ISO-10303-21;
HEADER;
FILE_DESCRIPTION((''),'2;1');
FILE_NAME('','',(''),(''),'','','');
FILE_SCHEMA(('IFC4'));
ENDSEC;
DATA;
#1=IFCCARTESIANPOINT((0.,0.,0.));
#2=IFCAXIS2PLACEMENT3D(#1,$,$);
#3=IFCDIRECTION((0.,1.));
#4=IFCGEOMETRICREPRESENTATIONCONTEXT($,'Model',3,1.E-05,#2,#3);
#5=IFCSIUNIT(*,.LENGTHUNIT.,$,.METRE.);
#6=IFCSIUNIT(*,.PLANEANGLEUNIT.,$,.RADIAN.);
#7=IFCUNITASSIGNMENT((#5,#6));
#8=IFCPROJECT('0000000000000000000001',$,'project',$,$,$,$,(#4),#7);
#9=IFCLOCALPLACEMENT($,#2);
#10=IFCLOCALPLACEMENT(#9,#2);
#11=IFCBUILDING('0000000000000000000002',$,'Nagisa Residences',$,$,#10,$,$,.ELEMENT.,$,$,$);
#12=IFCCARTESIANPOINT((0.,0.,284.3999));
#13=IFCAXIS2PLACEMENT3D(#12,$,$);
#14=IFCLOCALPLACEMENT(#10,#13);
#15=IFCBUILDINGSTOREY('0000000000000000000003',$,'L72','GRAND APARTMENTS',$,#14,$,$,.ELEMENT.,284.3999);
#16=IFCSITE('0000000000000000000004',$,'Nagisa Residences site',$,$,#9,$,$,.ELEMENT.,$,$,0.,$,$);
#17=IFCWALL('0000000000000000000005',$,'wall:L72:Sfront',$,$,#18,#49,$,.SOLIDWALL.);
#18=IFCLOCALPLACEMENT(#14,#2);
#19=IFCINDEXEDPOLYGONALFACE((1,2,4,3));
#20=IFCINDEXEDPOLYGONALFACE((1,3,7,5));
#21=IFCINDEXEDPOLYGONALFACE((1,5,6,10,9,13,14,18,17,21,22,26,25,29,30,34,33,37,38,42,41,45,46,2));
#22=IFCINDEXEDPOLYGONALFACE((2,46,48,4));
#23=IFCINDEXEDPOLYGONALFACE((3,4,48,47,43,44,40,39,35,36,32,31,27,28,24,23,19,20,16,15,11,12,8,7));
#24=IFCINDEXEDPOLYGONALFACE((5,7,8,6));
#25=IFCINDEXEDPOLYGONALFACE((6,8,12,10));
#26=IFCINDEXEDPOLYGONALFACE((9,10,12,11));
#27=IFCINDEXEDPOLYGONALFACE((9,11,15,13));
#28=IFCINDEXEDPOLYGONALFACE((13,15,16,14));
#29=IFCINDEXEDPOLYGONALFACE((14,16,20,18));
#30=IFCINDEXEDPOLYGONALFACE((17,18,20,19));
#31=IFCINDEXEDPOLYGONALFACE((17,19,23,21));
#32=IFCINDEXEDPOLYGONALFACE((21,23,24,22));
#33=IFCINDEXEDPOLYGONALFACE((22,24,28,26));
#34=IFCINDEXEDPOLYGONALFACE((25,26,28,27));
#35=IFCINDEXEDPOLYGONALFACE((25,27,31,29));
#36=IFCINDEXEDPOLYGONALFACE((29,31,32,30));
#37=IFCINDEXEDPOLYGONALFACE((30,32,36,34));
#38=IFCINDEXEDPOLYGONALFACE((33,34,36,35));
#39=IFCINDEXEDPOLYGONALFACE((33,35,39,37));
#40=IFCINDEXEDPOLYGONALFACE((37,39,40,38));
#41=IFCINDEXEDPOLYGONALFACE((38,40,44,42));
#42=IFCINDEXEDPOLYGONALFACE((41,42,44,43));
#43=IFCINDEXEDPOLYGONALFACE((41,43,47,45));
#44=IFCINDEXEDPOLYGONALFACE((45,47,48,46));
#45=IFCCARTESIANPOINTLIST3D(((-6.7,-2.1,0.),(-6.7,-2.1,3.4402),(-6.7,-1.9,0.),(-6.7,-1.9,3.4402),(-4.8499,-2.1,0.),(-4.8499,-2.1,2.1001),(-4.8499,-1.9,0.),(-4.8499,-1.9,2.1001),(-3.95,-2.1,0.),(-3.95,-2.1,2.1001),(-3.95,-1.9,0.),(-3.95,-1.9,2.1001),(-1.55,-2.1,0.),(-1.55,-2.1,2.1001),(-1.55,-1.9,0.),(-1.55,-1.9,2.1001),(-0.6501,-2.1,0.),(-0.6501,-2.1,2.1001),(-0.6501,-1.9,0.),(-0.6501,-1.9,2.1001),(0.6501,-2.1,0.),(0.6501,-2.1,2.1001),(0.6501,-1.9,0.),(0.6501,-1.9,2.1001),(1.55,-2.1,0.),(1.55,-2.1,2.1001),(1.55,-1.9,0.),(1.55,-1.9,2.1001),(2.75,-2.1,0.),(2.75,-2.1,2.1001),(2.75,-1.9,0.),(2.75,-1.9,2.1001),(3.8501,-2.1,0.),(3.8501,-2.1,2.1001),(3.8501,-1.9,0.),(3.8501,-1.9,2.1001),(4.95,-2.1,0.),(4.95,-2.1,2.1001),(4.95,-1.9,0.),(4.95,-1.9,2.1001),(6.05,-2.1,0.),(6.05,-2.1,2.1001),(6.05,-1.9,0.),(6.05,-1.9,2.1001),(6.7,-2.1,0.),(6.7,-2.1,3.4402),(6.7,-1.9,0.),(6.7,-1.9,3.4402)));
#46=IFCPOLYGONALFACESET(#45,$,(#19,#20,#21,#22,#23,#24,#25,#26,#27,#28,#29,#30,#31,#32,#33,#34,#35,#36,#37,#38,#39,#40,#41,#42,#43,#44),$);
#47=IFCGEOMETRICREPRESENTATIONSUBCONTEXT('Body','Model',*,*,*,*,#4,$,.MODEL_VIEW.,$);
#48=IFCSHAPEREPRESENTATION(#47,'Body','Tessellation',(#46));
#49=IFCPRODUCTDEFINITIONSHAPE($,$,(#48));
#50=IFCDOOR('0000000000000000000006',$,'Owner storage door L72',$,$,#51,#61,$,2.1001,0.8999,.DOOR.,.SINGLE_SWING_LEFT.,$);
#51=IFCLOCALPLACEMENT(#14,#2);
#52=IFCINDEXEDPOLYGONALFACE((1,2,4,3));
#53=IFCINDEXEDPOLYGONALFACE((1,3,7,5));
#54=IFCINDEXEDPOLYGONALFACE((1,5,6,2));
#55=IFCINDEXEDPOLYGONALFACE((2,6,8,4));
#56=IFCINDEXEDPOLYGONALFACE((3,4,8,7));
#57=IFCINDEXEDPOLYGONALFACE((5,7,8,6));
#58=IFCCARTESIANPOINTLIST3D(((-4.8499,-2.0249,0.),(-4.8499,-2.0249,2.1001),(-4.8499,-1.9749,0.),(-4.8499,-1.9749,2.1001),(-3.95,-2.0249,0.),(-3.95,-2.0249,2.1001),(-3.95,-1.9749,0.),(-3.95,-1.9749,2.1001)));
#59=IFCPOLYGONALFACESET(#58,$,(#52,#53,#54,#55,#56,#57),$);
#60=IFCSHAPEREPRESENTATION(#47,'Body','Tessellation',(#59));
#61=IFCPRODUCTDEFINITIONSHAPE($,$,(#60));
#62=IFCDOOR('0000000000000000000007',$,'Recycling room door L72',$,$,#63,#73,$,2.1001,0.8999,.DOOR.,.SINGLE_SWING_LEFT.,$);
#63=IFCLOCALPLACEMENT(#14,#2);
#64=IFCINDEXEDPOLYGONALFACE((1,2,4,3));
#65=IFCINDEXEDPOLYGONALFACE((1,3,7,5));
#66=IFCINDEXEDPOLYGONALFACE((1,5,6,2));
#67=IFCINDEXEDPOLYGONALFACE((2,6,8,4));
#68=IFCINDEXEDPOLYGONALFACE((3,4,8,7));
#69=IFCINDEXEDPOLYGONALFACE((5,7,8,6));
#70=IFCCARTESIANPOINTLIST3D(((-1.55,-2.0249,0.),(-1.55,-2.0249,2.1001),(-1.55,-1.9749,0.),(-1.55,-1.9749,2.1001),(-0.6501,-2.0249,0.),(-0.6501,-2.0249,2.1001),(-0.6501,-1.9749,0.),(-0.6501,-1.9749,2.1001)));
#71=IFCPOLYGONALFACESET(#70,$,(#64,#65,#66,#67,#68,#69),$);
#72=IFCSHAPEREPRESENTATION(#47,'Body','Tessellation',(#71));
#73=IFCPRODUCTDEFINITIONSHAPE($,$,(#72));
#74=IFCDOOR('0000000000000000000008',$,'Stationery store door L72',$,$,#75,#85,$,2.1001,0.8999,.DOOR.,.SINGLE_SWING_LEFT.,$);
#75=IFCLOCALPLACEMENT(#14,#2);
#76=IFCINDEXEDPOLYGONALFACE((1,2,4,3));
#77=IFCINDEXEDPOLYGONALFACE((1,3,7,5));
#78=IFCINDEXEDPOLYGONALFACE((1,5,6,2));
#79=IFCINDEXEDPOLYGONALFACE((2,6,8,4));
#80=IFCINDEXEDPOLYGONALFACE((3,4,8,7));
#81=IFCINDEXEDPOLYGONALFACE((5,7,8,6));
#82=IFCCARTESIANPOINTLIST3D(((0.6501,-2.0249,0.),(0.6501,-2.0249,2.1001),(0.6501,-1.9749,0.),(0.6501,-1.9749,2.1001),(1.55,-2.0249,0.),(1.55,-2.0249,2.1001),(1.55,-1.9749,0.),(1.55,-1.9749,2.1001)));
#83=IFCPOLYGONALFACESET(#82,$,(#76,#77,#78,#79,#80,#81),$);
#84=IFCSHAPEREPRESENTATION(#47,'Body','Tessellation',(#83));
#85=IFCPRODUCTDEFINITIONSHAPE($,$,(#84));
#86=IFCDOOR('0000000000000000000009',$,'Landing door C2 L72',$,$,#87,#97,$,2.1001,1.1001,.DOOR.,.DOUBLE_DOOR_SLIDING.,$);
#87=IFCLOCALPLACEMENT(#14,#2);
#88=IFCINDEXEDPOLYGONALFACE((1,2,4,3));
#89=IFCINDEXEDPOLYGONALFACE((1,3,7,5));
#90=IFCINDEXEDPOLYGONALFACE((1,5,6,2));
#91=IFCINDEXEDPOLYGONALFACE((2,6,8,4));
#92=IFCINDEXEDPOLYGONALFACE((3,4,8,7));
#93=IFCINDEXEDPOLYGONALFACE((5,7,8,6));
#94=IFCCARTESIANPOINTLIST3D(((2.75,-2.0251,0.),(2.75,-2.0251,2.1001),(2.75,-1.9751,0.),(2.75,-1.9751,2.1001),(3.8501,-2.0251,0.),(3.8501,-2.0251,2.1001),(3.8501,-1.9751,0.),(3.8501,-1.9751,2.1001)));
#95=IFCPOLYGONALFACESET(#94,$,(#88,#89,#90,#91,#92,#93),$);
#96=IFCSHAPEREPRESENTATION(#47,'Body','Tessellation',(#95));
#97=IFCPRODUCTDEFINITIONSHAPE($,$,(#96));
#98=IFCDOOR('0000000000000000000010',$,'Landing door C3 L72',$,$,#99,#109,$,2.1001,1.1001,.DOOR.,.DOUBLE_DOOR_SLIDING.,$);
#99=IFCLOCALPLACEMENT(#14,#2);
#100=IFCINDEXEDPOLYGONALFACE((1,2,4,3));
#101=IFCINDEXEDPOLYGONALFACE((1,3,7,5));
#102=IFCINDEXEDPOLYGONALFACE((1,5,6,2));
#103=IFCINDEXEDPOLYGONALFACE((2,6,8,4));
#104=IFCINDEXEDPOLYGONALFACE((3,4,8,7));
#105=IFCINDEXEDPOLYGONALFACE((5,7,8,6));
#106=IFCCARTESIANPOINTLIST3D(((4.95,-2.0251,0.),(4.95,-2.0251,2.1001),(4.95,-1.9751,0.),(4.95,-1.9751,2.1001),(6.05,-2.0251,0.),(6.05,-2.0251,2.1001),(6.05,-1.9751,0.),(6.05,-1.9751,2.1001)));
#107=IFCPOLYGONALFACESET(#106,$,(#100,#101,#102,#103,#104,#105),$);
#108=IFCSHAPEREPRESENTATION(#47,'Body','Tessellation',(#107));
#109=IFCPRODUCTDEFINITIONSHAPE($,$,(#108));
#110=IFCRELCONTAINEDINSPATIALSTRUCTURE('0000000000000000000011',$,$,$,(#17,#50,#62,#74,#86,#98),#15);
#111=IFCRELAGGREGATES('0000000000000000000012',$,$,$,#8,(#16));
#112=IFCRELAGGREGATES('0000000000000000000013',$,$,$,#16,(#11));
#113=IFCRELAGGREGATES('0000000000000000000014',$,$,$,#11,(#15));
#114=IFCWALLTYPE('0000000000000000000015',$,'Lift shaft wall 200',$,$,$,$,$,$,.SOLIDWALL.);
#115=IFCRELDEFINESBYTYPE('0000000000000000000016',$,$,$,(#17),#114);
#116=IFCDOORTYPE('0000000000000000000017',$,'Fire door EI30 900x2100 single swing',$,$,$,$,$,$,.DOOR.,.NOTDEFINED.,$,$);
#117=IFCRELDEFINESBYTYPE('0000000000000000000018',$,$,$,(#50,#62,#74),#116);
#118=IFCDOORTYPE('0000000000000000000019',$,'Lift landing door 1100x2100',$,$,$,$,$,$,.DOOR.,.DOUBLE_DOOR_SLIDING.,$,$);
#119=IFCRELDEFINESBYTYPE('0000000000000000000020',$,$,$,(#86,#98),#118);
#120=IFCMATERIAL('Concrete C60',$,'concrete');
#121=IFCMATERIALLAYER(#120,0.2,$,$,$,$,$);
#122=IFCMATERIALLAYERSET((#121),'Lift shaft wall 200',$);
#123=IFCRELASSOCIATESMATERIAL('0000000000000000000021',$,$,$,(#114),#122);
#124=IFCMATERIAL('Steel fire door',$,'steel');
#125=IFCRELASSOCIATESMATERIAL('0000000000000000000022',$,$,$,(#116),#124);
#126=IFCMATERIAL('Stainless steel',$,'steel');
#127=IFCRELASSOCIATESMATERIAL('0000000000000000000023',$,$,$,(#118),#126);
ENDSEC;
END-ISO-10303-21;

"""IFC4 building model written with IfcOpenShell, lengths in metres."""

from ifc_helpers import new_model, si_unit, direction, frame, frame_2d, origin, place, context, subcontext, project, spatial, rectangle, extrude, material, layer, layer_set, type_object, element, fill, save


model = new_model("IFC4")

# Units and contexts
model_context = context("Model", 3, precision=1e-05, world=origin(), true_north=direction((0.0, 1.0)))
body_context = subcontext(model_context, "Body", "Model", "MODEL_VIEW")
ifc_project = project(units=[si_unit("LENGTHUNIT", "METRE"), si_unit("PLANEANGLEUNIT", "RADIAN")], contexts=[model_context])

# Site, building, storey
site_placement = place(None, origin())
site = spatial("IfcSite", under=ifc_project, at=site_placement, Name="Nagisa Residences site", CompositionType="ELEMENT", RefElevation=0.0)
building_placement = place(site_placement, origin())
building = spatial("IfcBuilding", under=site, at=building_placement, Name="Nagisa Residences", CompositionType="ELEMENT")
storey_placement = place(building_placement, frame((0.0, 0.0, 284.3999)))
storey = spatial("IfcBuildingStorey", under=building, at=storey_placement, Name="L72", Description="GRAND APARTMENTS", CompositionType="ELEMENT", Elevation=284.3999)

# Wall, openings, doors
ifc_material_1 = material(Name="Concrete C60", Category="concrete")
ifc_layer_1 = layer(ifc_material_1, 0.2)
ifc_layer_set_1 = layer_set([ifc_layer_1], Name="Lift shaft wall 200")
wall_type_1 = type_object("IfcWallType", Name="Lift shaft wall 200", PredefinedType="SOLIDWALL", material=ifc_layer_set_1)
wall_1_placement = place(storey_placement, frame((-6.7, -2.0, 0.0), z_axis=(0.0, 0.0, 1.0), x_axis=(1.0, 0.0, 0.0)))
wall_1 = element("IfcWall", 1, at=wall_1_placement, inside=storey, type_object=wall_type_1, Name="wall:L72:Sfront", PredefinedType="SOLIDWALL", context=body_context, shape_type="SweptSolid", body=[
    extrude(rectangle(XDim=13.3999, YDim=0.2, at=frame_2d((6.7, 0.0))), origin(), (0.0, 0.0, 1.0), 3.4402),
])
opening_1_placement = place(wall_1_placement, frame((9.45, 0.0, 0.0)))
opening_1 = element("IfcOpeningElement", 2, at=opening_1_placement, cuts=wall_1, PredefinedType="OPENING", context=body_context, shape_type="SweptSolid", body=[
    extrude(rectangle(XDim=1.1001, YDim=2.1001, at=frame_2d((0.55, 1.05))), frame((0.0, 0.1099, 0.0), z_axis=(0.0, -1.0, 0.0), x_axis=(1.0, 0.0, 0.0)), (0.0, 0.0, 1.0), 0.22),
])
opening_2_placement = place(wall_1_placement, frame((11.6499, 0.0, 0.0)))
opening_2 = element("IfcOpeningElement", 3, at=opening_2_placement, cuts=wall_1, PredefinedType="OPENING", context=body_context, shape_type="SweptSolid", body=[
    extrude(rectangle(XDim=1.1001, YDim=2.1001, at=frame_2d((0.55, 1.05))), frame((0.0, 0.1099, 0.0), z_axis=(0.0, -1.0, 0.0), x_axis=(1.0, 0.0, 0.0)), (0.0, 0.0, 1.0), 0.22),
])
opening_3_placement = place(wall_1_placement, frame((1.8501, 0.0, 0.0)))
opening_3 = element("IfcOpeningElement", 4, at=opening_3_placement, cuts=wall_1, PredefinedType="OPENING", context=body_context, shape_type="SweptSolid", body=[
    extrude(rectangle(XDim=0.8999, YDim=2.1001, at=frame_2d((0.45, 1.05))), frame((0.0, 0.1099, 0.0), z_axis=(0.0, -1.0, 0.0), x_axis=(1.0, 0.0, 0.0)), (0.0, 0.0, 1.0), 0.22),
])
opening_4_placement = place(wall_1_placement, frame((5.1499, 0.0, 0.0)))
opening_4 = element("IfcOpeningElement", 5, at=opening_4_placement, cuts=wall_1, PredefinedType="OPENING", context=body_context, shape_type="SweptSolid", body=[
    extrude(rectangle(XDim=0.8999, YDim=2.1001, at=frame_2d((0.45, 1.05))), frame((0.0, 0.1099, 0.0), z_axis=(0.0, -1.0, 0.0), x_axis=(1.0, 0.0, 0.0)), (0.0, 0.0, 1.0), 0.22),
])
opening_5_placement = place(wall_1_placement, frame((7.3501, 0.0, 0.0)))
opening_5 = element("IfcOpeningElement", 6, at=opening_5_placement, cuts=wall_1, PredefinedType="OPENING", context=body_context, shape_type="SweptSolid", body=[
    extrude(rectangle(XDim=0.8999, YDim=2.1001, at=frame_2d((0.45, 1.05))), frame((0.0, 0.1099, 0.0), z_axis=(0.0, -1.0, 0.0), x_axis=(1.0, 0.0, 0.0)), (0.0, 0.0, 1.0), 0.22),
])
ifc_material_2 = material(Name="Steel fire door", Category="steel")
door_type_1 = type_object("IfcDoorType", Name="Fire door EI30 900x2100 single swing", OperationType="NOTDEFINED", PredefinedType="DOOR", material=ifc_material_2)
door_1_placement = place(opening_3_placement, frame((0.8999, 0.0, 0.0), x_axis=(-1.0, 0.0, 0.0)))
door_1 = element("IfcDoor", 7, at=door_1_placement, inside=storey, type_object=door_type_1, Name="Owner storage door L72", OperationType="SINGLE_SWING_LEFT", OverallHeight=2.1001, OverallWidth=0.8999, PredefinedType="DOOR", context=body_context, shape_type="SweptSolid", body=[
    extrude(rectangle(XDim=0.8999, YDim=2.1001, at=frame_2d((0.45, 1.05))), frame((0.0, 0.0249, 0.0), z_axis=(0.0, -1.0, 0.0), x_axis=(1.0, 0.0, 0.0)), (0.0, 0.0, 1.0), 0.05),
])
fill(opening_3, door_1)
door_2_placement = place(opening_4_placement, frame((0.8999, 0.0, 0.0), x_axis=(-1.0, 0.0, 0.0)))
door_2 = element("IfcDoor", 8, at=door_2_placement, inside=storey, type_object=door_type_1, Name="Recycling room door L72", OperationType="SINGLE_SWING_LEFT", OverallHeight=2.1001, OverallWidth=0.8999, PredefinedType="DOOR", context=body_context, shape_type="SweptSolid", body=[
    extrude(rectangle(XDim=0.8999, YDim=2.1001, at=frame_2d((0.45, 1.05))), frame((0.0, 0.0249, 0.0), z_axis=(0.0, -1.0, 0.0), x_axis=(1.0, 0.0, 0.0)), (0.0, 0.0, 1.0), 0.05),
])
fill(opening_4, door_2)
door_3_placement = place(opening_5_placement, frame((0.8999, 0.0, 0.0), x_axis=(-1.0, 0.0, 0.0)))
door_3 = element("IfcDoor", 9, at=door_3_placement, inside=storey, type_object=door_type_1, Name="Stationery store door L72", OperationType="SINGLE_SWING_LEFT", OverallHeight=2.1001, OverallWidth=0.8999, PredefinedType="DOOR", context=body_context, shape_type="SweptSolid", body=[
    extrude(rectangle(XDim=0.8999, YDim=2.1001, at=frame_2d((0.45, 1.05))), frame((0.0, 0.0249, 0.0), z_axis=(0.0, -1.0, 0.0), x_axis=(1.0, 0.0, 0.0)), (0.0, 0.0, 1.0), 0.05),
])
fill(opening_5, door_3)
ifc_material_3 = material(Name="Stainless steel", Category="steel")
door_type_2 = type_object("IfcDoorType", Name="Lift landing door 1100x2100", OperationType="DOUBLE_DOOR_SLIDING", PredefinedType="DOOR", material=ifc_material_3)
door_4_placement = place(opening_1_placement, origin())
door_4 = element("IfcDoor", 10, at=door_4_placement, inside=storey, type_object=door_type_2, Name="Landing door C2 L72", OperationType="DOUBLE_DOOR_SLIDING", OverallHeight=2.1001, OverallWidth=1.1001, PredefinedType="DOOR", context=body_context, shape_type="SweptSolid", body=[
    extrude(rectangle(XDim=1.1001, YDim=2.1001, at=frame_2d((0.55, 1.05))), frame((0.0, 0.0249, 0.0), z_axis=(0.0, -1.0, 0.0), x_axis=(1.0, 0.0, 0.0)), (0.0, 0.0, 1.0), 0.05),
])
fill(opening_1, door_4)
door_5_placement = place(opening_2_placement, origin())
door_5 = element("IfcDoor", 11, at=door_5_placement, inside=storey, type_object=door_type_2, Name="Landing door C3 L72", OperationType="DOUBLE_DOOR_SLIDING", OverallHeight=2.1001, OverallWidth=1.1001, PredefinedType="DOOR", context=body_context, shape_type="SweptSolid", body=[
    extrude(rectangle(XDim=1.1001, YDim=2.1001, at=frame_2d((0.55, 1.05))), frame((0.0, 0.0249, 0.0), z_axis=(0.0, -1.0, 0.0), x_axis=(1.0, 0.0, 0.0)), (0.0, 0.0, 1.0), 0.05),
])
fill(opening_2, door_5)

save(model, "model.ifc")
